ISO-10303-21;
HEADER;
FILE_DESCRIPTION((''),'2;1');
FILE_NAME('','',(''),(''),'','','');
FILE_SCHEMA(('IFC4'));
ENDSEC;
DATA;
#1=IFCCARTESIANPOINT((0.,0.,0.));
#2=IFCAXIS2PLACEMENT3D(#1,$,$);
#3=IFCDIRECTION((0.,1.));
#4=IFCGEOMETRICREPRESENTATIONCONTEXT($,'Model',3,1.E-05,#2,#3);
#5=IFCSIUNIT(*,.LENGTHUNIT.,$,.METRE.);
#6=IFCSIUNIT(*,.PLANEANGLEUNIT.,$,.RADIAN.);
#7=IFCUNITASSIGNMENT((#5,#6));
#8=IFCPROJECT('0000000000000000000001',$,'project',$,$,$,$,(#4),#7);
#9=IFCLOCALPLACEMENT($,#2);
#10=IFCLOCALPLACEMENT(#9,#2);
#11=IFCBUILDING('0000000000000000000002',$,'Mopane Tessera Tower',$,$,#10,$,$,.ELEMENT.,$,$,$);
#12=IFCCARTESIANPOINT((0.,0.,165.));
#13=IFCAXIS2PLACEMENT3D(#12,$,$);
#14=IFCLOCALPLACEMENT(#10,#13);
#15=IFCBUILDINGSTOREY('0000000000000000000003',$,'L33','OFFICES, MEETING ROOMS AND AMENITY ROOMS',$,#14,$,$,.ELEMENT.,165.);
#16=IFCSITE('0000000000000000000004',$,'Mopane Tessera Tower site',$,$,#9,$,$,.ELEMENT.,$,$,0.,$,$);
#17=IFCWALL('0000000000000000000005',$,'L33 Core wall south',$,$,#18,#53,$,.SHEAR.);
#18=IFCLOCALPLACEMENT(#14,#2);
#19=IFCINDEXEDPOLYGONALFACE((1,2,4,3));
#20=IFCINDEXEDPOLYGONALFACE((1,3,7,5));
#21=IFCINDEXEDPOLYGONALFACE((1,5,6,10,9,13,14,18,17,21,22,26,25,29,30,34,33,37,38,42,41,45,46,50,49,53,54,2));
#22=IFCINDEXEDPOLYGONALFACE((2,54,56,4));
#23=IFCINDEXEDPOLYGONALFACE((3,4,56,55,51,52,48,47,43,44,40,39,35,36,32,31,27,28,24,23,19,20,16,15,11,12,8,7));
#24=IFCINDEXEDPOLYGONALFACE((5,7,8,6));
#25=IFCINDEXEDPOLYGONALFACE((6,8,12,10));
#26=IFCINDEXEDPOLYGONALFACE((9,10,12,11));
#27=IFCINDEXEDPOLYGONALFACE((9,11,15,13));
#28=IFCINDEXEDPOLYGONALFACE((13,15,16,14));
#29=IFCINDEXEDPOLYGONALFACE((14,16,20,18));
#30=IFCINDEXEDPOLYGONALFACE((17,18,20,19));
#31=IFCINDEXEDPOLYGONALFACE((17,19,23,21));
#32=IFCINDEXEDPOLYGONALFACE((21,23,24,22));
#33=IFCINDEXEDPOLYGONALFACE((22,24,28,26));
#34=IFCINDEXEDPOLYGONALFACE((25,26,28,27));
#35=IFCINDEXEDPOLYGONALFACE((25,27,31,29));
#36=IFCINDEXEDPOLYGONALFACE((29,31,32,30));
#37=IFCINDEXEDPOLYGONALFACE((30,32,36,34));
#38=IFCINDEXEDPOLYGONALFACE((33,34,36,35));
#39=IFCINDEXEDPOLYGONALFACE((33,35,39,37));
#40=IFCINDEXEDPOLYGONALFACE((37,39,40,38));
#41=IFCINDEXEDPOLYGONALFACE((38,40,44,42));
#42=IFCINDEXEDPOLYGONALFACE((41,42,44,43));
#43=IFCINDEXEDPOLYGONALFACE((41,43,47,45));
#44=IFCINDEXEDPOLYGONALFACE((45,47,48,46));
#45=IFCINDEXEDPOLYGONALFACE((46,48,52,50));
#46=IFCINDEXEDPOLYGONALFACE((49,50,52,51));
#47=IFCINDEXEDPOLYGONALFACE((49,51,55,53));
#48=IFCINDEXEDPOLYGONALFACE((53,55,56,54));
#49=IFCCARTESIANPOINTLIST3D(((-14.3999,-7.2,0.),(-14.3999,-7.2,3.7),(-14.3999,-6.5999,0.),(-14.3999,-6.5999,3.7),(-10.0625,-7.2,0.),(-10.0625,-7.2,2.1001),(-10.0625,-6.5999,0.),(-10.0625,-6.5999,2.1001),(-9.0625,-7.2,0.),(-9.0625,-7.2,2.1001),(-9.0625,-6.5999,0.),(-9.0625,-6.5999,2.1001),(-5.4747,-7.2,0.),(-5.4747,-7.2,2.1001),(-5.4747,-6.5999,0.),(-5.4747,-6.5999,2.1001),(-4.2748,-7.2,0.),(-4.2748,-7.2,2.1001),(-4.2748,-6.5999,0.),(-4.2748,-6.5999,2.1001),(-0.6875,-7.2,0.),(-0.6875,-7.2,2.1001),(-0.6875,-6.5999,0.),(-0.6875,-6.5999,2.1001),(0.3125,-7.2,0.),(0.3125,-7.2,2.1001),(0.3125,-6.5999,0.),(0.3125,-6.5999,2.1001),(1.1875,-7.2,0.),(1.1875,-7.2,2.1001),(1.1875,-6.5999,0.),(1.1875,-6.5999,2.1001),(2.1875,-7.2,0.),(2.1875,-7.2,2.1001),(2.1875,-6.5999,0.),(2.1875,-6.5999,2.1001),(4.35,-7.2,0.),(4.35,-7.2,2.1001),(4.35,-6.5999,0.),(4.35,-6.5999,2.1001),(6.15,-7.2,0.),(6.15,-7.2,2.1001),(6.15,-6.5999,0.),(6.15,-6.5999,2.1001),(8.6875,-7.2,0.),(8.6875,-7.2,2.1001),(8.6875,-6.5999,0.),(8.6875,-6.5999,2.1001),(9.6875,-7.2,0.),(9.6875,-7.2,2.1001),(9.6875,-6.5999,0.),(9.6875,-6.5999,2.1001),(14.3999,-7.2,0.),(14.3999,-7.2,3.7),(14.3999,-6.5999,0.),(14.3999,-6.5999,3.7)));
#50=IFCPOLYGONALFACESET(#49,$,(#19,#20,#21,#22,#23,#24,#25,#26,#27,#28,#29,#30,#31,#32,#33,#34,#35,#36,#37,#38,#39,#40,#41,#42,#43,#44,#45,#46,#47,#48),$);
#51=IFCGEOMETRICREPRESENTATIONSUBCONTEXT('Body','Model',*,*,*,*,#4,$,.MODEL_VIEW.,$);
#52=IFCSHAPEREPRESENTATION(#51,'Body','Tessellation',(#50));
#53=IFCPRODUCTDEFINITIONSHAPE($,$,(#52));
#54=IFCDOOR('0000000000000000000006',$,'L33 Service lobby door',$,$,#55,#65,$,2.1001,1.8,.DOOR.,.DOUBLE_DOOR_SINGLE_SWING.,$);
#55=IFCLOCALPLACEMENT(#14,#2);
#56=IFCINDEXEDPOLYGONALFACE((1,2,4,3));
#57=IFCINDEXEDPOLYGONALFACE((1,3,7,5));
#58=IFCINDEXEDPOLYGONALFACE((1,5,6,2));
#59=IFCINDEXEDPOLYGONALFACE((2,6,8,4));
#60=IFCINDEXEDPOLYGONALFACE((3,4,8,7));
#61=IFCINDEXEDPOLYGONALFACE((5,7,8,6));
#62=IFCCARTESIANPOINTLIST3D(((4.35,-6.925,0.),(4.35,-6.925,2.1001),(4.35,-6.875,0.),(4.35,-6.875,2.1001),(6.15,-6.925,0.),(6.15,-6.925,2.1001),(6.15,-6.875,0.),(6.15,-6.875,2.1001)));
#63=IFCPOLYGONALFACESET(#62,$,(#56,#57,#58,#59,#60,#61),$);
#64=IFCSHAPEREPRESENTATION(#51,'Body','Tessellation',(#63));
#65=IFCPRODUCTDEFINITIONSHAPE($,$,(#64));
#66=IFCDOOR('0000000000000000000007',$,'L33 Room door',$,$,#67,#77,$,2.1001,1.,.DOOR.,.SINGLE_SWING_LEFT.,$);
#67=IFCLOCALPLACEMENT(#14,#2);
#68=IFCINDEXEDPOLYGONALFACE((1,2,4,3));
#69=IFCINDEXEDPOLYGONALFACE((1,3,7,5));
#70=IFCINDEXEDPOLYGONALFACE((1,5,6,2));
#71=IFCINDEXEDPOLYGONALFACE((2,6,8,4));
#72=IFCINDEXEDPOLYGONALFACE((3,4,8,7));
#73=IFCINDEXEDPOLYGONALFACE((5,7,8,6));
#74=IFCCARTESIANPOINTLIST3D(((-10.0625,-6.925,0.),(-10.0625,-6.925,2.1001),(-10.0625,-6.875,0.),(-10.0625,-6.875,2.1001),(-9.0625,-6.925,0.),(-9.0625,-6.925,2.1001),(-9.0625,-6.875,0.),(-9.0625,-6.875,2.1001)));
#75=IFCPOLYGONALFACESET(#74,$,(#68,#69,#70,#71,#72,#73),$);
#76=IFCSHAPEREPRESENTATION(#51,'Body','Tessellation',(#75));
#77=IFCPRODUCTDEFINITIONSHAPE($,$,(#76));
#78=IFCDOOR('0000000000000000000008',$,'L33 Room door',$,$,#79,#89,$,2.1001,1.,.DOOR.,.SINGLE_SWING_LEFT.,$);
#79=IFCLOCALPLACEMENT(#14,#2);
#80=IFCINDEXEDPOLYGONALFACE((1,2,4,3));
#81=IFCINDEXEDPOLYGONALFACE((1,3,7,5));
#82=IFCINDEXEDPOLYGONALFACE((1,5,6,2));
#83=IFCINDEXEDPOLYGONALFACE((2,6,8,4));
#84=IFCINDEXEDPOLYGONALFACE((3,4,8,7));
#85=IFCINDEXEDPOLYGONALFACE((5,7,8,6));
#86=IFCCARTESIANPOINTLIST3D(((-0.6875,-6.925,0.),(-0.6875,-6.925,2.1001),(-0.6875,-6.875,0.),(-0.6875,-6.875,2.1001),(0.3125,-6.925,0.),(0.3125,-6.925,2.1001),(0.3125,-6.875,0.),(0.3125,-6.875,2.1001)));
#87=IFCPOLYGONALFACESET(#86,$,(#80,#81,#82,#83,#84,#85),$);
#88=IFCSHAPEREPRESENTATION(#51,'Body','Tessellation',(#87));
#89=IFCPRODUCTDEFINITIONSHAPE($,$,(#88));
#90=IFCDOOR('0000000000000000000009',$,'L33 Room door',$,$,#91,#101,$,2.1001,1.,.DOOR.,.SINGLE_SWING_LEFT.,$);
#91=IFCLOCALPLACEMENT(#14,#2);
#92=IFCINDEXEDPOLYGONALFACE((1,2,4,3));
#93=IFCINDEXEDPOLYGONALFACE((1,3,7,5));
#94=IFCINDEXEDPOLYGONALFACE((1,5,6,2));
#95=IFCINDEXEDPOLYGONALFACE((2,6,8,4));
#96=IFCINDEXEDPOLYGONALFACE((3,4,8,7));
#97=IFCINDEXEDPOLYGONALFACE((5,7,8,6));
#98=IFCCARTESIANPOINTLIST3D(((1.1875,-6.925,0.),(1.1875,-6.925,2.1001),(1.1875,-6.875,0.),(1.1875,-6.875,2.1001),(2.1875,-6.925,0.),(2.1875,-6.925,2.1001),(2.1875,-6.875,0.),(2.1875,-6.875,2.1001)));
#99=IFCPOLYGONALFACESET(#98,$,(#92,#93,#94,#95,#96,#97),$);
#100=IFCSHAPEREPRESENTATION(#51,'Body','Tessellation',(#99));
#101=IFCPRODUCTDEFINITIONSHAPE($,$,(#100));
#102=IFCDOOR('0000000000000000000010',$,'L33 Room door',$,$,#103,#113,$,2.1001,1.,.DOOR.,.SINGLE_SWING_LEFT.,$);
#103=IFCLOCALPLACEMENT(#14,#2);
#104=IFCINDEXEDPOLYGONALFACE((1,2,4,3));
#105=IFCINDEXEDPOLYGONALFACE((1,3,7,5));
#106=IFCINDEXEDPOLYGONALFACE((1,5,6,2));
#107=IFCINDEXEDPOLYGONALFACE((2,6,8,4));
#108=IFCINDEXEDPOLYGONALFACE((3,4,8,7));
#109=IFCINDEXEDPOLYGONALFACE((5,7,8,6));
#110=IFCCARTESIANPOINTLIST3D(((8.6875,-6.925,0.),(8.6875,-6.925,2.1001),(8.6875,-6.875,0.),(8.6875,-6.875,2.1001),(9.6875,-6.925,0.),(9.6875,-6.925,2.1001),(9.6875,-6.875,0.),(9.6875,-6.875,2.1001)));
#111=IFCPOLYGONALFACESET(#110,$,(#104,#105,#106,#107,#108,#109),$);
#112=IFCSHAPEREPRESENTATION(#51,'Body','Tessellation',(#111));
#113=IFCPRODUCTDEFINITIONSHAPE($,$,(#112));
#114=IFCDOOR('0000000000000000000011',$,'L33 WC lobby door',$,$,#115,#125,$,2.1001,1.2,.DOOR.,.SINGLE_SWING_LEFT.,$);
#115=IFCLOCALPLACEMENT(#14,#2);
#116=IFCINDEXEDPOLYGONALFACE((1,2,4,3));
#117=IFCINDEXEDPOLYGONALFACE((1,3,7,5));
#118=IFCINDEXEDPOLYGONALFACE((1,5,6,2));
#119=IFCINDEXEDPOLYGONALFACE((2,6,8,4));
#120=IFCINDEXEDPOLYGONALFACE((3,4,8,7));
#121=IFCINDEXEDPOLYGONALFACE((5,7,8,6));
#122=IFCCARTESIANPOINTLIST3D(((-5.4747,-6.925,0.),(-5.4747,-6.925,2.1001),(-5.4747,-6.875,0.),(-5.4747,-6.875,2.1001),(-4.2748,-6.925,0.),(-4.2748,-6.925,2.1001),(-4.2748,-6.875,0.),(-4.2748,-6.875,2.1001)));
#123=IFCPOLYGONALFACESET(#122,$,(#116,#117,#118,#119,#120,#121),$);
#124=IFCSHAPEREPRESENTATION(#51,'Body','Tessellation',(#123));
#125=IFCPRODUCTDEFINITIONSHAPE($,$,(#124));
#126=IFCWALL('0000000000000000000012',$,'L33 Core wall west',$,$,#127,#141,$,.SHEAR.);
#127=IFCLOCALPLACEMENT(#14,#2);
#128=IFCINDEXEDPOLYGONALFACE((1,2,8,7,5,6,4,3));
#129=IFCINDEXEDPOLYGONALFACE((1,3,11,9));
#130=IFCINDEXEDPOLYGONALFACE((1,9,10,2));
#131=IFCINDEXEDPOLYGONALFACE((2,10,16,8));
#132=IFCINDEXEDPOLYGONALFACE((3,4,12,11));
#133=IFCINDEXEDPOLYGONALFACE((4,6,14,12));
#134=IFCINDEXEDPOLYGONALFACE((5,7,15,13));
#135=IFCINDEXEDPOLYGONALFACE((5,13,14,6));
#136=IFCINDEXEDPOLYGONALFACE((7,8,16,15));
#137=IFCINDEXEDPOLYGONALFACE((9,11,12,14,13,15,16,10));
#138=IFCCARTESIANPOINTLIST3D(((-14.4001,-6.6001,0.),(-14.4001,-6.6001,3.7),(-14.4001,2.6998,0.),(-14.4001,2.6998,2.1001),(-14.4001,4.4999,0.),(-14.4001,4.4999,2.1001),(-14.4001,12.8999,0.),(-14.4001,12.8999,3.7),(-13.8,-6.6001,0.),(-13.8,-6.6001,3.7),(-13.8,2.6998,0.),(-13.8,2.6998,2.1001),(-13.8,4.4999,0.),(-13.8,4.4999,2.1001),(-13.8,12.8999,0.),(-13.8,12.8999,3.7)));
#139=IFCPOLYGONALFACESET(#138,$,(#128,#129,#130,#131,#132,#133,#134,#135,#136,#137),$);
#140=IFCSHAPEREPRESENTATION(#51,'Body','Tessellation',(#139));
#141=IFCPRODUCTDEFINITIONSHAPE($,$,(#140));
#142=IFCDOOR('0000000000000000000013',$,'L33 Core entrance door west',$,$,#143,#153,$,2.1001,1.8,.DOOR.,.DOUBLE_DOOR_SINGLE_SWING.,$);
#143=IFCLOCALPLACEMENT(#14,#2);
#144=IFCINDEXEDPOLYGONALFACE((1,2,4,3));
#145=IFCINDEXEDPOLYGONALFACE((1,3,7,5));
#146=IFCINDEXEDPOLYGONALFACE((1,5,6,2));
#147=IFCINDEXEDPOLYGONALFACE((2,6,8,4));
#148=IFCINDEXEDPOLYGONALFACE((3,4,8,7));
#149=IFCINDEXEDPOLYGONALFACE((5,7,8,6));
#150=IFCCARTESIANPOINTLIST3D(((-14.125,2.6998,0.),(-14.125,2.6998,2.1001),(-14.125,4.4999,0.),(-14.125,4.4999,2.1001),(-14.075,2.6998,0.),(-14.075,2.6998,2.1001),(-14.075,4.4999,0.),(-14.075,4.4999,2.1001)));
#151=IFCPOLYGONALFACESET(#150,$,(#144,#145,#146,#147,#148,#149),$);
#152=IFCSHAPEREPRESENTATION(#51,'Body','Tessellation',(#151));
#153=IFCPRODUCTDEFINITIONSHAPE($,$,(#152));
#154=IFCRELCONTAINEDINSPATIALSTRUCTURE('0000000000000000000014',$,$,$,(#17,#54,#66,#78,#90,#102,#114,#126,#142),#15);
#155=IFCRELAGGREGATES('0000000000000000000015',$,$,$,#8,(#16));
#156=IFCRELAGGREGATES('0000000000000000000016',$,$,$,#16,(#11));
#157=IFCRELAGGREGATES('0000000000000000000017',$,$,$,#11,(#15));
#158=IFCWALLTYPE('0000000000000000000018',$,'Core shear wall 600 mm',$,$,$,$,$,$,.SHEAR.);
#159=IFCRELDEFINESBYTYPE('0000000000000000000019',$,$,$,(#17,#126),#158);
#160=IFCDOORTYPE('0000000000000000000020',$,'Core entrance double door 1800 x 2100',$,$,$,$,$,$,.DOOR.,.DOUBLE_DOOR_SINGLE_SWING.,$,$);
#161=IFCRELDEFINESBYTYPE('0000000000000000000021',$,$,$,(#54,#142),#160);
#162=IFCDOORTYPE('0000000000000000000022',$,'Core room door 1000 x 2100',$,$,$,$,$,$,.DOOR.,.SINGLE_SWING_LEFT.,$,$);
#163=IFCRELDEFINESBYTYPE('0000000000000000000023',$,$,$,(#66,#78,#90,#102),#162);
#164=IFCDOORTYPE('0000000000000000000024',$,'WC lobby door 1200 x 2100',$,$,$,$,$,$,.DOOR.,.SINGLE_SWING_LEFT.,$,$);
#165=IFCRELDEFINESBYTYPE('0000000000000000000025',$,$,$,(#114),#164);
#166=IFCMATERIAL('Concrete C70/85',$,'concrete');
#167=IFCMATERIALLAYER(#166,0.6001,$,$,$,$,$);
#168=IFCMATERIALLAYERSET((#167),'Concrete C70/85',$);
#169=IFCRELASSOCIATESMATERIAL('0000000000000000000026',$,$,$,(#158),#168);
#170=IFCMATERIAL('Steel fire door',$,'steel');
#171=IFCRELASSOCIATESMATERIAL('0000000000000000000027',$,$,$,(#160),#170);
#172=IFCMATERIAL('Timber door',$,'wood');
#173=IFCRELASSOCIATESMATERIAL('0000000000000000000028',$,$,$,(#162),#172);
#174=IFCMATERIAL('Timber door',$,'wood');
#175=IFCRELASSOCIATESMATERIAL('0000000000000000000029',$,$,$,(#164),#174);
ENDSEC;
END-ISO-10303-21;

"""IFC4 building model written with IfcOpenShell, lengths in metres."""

from ifc_helpers import new_model, si_unit, direction, frame, frame_2d, origin, place, context, subcontext, project, spatial, rectangle, extrude, material, layer, layer_set, type_object, element, fill, save


model = new_model("IFC4")

# Units and contexts
model_context = context("Model", 3, precision=1e-05, world=origin(), true_north=direction((0.0, 1.0)))
body_context = subcontext(model_context, "Body", "Model", "MODEL_VIEW")
ifc_project = project(units=[si_unit("LENGTHUNIT", "METRE"), si_unit("PLANEANGLEUNIT", "RADIAN")], contexts=[model_context])

# Site, building, storey
site_placement = place(None, origin())
site = spatial("IfcSite", under=ifc_project, at=site_placement, Name="Mopane Tessera Tower site", CompositionType="ELEMENT", RefElevation=0.0)
building_placement = place(site_placement, origin())
building = spatial("IfcBuilding", under=site, at=building_placement, Name="Mopane Tessera Tower", CompositionType="ELEMENT")
storey_placement = place(building_placement, frame((0.0, 0.0, 165.0)))
storey = spatial("IfcBuildingStorey", under=building, at=storey_placement, Name="L33", Description="OFFICES, MEETING ROOMS AND AMENITY ROOMS", CompositionType="ELEMENT", Elevation=165.0)

# Wall, openings, doors
ifc_material_1 = material(Name="Concrete C70/85", Category="concrete")
ifc_layer_1 = layer(ifc_material_1, 0.6001)
ifc_layer_set_1 = layer_set([ifc_layer_1], Name="Concrete C70/85")
wall_type_1 = type_object("IfcWallType", Name="Core shear wall 600 mm", PredefinedType="SHEAR", material=ifc_layer_set_1)
wall_1_placement = place(storey_placement, frame((-14.3999, -6.8999, 0.0), z_axis=(0.0, 0.0, 1.0), x_axis=(1.0, 0.0, 0.0)))
wall_1 = element("IfcWall", 1, at=wall_1_placement, inside=storey, type_object=wall_type_1, Name="L33 Core wall south", PredefinedType="SHEAR", context=body_context, shape_type="SweptSolid", body=[
    extrude(rectangle(XDim=28.7998, YDim=0.6001, at=frame_2d((14.3999, 0.0))), origin(), (0.0, 0.0, 1.0), 3.7),
])
opening_1_placement = place(wall_1_placement, frame((4.3374, 0.0, 0.0)))
opening_1 = element("IfcOpeningElement", 2, at=opening_1_placement, cuts=wall_1, PredefinedType="OPENING", context=body_context, shape_type="SweptSolid", body=[
    extrude(rectangle(XDim=1.0, YDim=2.1001, at=frame_2d((0.5, 1.05))), frame((0.0, 0.312, 0.0), z_axis=(0.0, -1.0, 0.0), x_axis=(1.0, 0.0, 0.0)), (0.0, 0.0, 1.0), 0.624),
])
opening_2_placement = place(wall_1_placement, frame((8.925, 0.0, 0.0)))
opening_2 = element("IfcOpeningElement", 3, at=opening_2_placement, cuts=wall_1, PredefinedType="OPENING", context=body_context, shape_type="SweptSolid", body=[
    extrude(rectangle(XDim=1.2, YDim=2.1001, at=frame_2d((0.6001, 1.05))), frame((0.0, 0.312, 0.0), z_axis=(0.0, -1.0, 0.0), x_axis=(1.0, 0.0, 0.0)), (0.0, 0.0, 1.0), 0.624),
])
opening_3_placement = place(wall_1_placement, frame((13.7124, 0.0, 0.0)))
opening_3 = element("IfcOpeningElement", 4, at=opening_3_placement, cuts=wall_1, PredefinedType="OPENING", context=body_context, shape_type="SweptSolid", body=[
    extrude(rectangle(XDim=1.0, YDim=2.1001, at=frame_2d((0.5, 1.05))), frame((0.0, 0.312, 0.0), z_axis=(0.0, -1.0, 0.0), x_axis=(1.0, 0.0, 0.0)), (0.0, 0.0, 1.0), 0.624),
])
opening_4_placement = place(wall_1_placement, frame((15.5874, 0.0, 0.0)))
opening_4 = element("IfcOpeningElement", 5, at=opening_4_placement, cuts=wall_1, PredefinedType="OPENING", context=body_context, shape_type="SweptSolid", body=[
    extrude(rectangle(XDim=1.0, YDim=2.1001, at=frame_2d((0.5, 1.05))), frame((0.0, 0.312, 0.0), z_axis=(0.0, -1.0, 0.0), x_axis=(1.0, 0.0, 0.0)), (0.0, 0.0, 1.0), 0.624),
])
opening_5_placement = place(wall_1_placement, frame((18.75, 0.0, 0.0)))
opening_5 = element("IfcOpeningElement", 6, at=opening_5_placement, cuts=wall_1, PredefinedType="OPENING", context=body_context, shape_type="SweptSolid", body=[
    extrude(rectangle(XDim=1.8, YDim=2.1001, at=frame_2d((0.8999, 1.05))), frame((0.0, 0.312, 0.0), z_axis=(0.0, -1.0, 0.0), x_axis=(1.0, 0.0, 0.0)), (0.0, 0.0, 1.0), 0.624),
])
opening_6_placement = place(wall_1_placement, frame((23.0874, 0.0, 0.0)))
opening_6 = element("IfcOpeningElement", 7, at=opening_6_placement, cuts=wall_1, PredefinedType="OPENING", context=body_context, shape_type="SweptSolid", body=[
    extrude(rectangle(XDim=1.0, YDim=2.1001, at=frame_2d((0.5, 1.05))), frame((0.0, 0.312, 0.0), z_axis=(0.0, -1.0, 0.0), x_axis=(1.0, 0.0, 0.0)), (0.0, 0.0, 1.0), 0.624),
])
ifc_material_2 = material(Name="Steel fire door", Category="steel")
door_type_1 = type_object("IfcDoorType", Name="Core entrance double door 1800 x 2100", OperationType="DOUBLE_DOOR_SINGLE_SWING", PredefinedType="DOOR", material=ifc_material_2)
door_1_placement = place(opening_5_placement, origin())
door_1 = element("IfcDoor", 8, at=door_1_placement, inside=storey, type_object=door_type_1, Name="L33 Service lobby door", OperationType="DOUBLE_DOOR_SINGLE_SWING", OverallHeight=2.1001, OverallWidth=1.8, PredefinedType="DOOR", context=body_context, shape_type="SweptSolid", body=[
    extrude(rectangle(XDim=1.8, YDim=2.1001, at=frame_2d((0.8999, 1.05))), frame((0.0, 0.0249, 0.0), z_axis=(0.0, -1.0, 0.0), x_axis=(1.0, 0.0, 0.0)), (0.0, 0.0, 1.0), 0.05),
])
fill(opening_5, door_1)
ifc_material_3 = material(Name="Timber door", Category="wood")
door_type_2 = type_object("IfcDoorType", Name="Core room door 1000 x 2100", OperationType="SINGLE_SWING_LEFT", PredefinedType="DOOR", material=ifc_material_3)
door_2_placement = place(opening_1_placement, origin())
door_2 = element("IfcDoor", 9, at=door_2_placement, inside=storey, type_object=door_type_2, Name="L33 Room door", OperationType="SINGLE_SWING_LEFT", OverallHeight=2.1001, OverallWidth=1.0, PredefinedType="DOOR", context=body_context, shape_type="SweptSolid", body=[
    extrude(rectangle(XDim=1.0, YDim=2.1001, at=frame_2d((0.5, 1.05))), frame((0.0, 0.0249, 0.0), z_axis=(0.0, -1.0, 0.0), x_axis=(1.0, 0.0, 0.0)), (0.0, 0.0, 1.0), 0.05),
])
fill(opening_1, door_2)
door_3_placement = place(opening_3_placement, origin())
door_3 = element("IfcDoor", 10, at=door_3_placement, inside=storey, type_object=door_type_2, Name="L33 Room door", OperationType="SINGLE_SWING_LEFT", OverallHeight=2.1001, OverallWidth=1.0, PredefinedType="DOOR", context=body_context, shape_type="SweptSolid", body=[
    extrude(rectangle(XDim=1.0, YDim=2.1001, at=frame_2d((0.5, 1.05))), frame((0.0, 0.0249, 0.0), z_axis=(0.0, -1.0, 0.0), x_axis=(1.0, 0.0, 0.0)), (0.0, 0.0, 1.0), 0.05),
])
fill(opening_3, door_3)
door_4_placement = place(opening_4_placement, origin())
door_4 = element("IfcDoor", 11, at=door_4_placement, inside=storey, type_object=door_type_2, Name="L33 Room door", OperationType="SINGLE_SWING_LEFT", OverallHeight=2.1001, OverallWidth=1.0, PredefinedType="DOOR", context=body_context, shape_type="SweptSolid", body=[
    extrude(rectangle(XDim=1.0, YDim=2.1001, at=frame_2d((0.5, 1.05))), frame((0.0, 0.0249, 0.0), z_axis=(0.0, -1.0, 0.0), x_axis=(1.0, 0.0, 0.0)), (0.0, 0.0, 1.0), 0.05),
])
fill(opening_4, door_4)
door_5_placement = place(opening_6_placement, origin())
door_5 = element("IfcDoor", 12, at=door_5_placement, inside=storey, type_object=door_type_2, Name="L33 Room door", OperationType="SINGLE_SWING_LEFT", OverallHeight=2.1001, OverallWidth=1.0, PredefinedType="DOOR", context=body_context, shape_type="SweptSolid", body=[
    extrude(rectangle(XDim=1.0, YDim=2.1001, at=frame_2d((0.5, 1.05))), frame((0.0, 0.0249, 0.0), z_axis=(0.0, -1.0, 0.0), x_axis=(1.0, 0.0, 0.0)), (0.0, 0.0, 1.0), 0.05),
])
fill(opening_6, door_5)
ifc_material_4 = material(Name="Timber door", Category="wood")
door_type_3 = type_object("IfcDoorType", Name="WC lobby door 1200 x 2100", OperationType="SINGLE_SWING_LEFT", PredefinedType="DOOR", material=ifc_material_4)
door_6_placement = place(opening_2_placement, origin())
door_6 = element("IfcDoor", 13, at=door_6_placement, inside=storey, type_object=door_type_3, Name="L33 WC lobby door", OperationType="SINGLE_SWING_LEFT", OverallHeight=2.1001, OverallWidth=1.2, PredefinedType="DOOR", context=body_context, shape_type="SweptSolid", body=[
    extrude(rectangle(XDim=1.2, YDim=2.1001, at=frame_2d((0.6001, 1.05))), frame((0.0, 0.0249, 0.0), z_axis=(0.0, -1.0, 0.0), x_axis=(1.0, 0.0, 0.0)), (0.0, 0.0, 1.0), 0.05),
])
fill(opening_2, door_6)

# Wall, opening, door
wall_2_placement = place(storey_placement, frame((-14.1001, -6.6001, 0.0), z_axis=(0.0, 0.0, 1.0), x_axis=(0.0, 1.0, 0.0)))
wall_2 = element("IfcWall", 14, at=wall_2_placement, inside=storey, type_object=wall_type_1, Name="L33 Core wall west", PredefinedType="SHEAR", context=body_context, shape_type="SweptSolid", body=[
    extrude(rectangle(XDim=19.5, YDim=0.6001, at=frame_2d((9.75, 0.0))), origin(), (0.0, 0.0, 1.0), 3.7),
])
opening_7_placement = place(wall_2_placement, frame((9.3, 0.0, 0.0)))
opening_7 = element("IfcOpeningElement", 15, at=opening_7_placement, cuts=wall_2, PredefinedType="OPENING", context=body_context, shape_type="SweptSolid", body=[
    extrude(rectangle(XDim=1.8, YDim=2.1001, at=frame_2d((0.8999, 1.05))), frame((0.0, 0.312, 0.0), z_axis=(0.0, -1.0, 0.0), x_axis=(1.0, 0.0, 0.0)), (0.0, 0.0, 1.0), 0.624),
])
door_7_placement = place(opening_7_placement, origin())
door_7 = element("IfcDoor", 16, at=door_7_placement, inside=storey, type_object=door_type_1, Name="L33 Core entrance door west", OperationType="DOUBLE_DOOR_SINGLE_SWING", OverallHeight=2.1001, OverallWidth=1.8, PredefinedType="DOOR", context=body_context, shape_type="SweptSolid", body=[
    extrude(rectangle(XDim=1.8, YDim=2.1001, at=frame_2d((0.8999, 1.05))), frame((0.0, 0.0249, 0.0), z_axis=(0.0, -1.0, 0.0), x_axis=(1.0, 0.0, 0.0)), (0.0, 0.0, 1.0), 0.05),
])
fill(opening_7, door_7)

save(model, "model.ifc")
